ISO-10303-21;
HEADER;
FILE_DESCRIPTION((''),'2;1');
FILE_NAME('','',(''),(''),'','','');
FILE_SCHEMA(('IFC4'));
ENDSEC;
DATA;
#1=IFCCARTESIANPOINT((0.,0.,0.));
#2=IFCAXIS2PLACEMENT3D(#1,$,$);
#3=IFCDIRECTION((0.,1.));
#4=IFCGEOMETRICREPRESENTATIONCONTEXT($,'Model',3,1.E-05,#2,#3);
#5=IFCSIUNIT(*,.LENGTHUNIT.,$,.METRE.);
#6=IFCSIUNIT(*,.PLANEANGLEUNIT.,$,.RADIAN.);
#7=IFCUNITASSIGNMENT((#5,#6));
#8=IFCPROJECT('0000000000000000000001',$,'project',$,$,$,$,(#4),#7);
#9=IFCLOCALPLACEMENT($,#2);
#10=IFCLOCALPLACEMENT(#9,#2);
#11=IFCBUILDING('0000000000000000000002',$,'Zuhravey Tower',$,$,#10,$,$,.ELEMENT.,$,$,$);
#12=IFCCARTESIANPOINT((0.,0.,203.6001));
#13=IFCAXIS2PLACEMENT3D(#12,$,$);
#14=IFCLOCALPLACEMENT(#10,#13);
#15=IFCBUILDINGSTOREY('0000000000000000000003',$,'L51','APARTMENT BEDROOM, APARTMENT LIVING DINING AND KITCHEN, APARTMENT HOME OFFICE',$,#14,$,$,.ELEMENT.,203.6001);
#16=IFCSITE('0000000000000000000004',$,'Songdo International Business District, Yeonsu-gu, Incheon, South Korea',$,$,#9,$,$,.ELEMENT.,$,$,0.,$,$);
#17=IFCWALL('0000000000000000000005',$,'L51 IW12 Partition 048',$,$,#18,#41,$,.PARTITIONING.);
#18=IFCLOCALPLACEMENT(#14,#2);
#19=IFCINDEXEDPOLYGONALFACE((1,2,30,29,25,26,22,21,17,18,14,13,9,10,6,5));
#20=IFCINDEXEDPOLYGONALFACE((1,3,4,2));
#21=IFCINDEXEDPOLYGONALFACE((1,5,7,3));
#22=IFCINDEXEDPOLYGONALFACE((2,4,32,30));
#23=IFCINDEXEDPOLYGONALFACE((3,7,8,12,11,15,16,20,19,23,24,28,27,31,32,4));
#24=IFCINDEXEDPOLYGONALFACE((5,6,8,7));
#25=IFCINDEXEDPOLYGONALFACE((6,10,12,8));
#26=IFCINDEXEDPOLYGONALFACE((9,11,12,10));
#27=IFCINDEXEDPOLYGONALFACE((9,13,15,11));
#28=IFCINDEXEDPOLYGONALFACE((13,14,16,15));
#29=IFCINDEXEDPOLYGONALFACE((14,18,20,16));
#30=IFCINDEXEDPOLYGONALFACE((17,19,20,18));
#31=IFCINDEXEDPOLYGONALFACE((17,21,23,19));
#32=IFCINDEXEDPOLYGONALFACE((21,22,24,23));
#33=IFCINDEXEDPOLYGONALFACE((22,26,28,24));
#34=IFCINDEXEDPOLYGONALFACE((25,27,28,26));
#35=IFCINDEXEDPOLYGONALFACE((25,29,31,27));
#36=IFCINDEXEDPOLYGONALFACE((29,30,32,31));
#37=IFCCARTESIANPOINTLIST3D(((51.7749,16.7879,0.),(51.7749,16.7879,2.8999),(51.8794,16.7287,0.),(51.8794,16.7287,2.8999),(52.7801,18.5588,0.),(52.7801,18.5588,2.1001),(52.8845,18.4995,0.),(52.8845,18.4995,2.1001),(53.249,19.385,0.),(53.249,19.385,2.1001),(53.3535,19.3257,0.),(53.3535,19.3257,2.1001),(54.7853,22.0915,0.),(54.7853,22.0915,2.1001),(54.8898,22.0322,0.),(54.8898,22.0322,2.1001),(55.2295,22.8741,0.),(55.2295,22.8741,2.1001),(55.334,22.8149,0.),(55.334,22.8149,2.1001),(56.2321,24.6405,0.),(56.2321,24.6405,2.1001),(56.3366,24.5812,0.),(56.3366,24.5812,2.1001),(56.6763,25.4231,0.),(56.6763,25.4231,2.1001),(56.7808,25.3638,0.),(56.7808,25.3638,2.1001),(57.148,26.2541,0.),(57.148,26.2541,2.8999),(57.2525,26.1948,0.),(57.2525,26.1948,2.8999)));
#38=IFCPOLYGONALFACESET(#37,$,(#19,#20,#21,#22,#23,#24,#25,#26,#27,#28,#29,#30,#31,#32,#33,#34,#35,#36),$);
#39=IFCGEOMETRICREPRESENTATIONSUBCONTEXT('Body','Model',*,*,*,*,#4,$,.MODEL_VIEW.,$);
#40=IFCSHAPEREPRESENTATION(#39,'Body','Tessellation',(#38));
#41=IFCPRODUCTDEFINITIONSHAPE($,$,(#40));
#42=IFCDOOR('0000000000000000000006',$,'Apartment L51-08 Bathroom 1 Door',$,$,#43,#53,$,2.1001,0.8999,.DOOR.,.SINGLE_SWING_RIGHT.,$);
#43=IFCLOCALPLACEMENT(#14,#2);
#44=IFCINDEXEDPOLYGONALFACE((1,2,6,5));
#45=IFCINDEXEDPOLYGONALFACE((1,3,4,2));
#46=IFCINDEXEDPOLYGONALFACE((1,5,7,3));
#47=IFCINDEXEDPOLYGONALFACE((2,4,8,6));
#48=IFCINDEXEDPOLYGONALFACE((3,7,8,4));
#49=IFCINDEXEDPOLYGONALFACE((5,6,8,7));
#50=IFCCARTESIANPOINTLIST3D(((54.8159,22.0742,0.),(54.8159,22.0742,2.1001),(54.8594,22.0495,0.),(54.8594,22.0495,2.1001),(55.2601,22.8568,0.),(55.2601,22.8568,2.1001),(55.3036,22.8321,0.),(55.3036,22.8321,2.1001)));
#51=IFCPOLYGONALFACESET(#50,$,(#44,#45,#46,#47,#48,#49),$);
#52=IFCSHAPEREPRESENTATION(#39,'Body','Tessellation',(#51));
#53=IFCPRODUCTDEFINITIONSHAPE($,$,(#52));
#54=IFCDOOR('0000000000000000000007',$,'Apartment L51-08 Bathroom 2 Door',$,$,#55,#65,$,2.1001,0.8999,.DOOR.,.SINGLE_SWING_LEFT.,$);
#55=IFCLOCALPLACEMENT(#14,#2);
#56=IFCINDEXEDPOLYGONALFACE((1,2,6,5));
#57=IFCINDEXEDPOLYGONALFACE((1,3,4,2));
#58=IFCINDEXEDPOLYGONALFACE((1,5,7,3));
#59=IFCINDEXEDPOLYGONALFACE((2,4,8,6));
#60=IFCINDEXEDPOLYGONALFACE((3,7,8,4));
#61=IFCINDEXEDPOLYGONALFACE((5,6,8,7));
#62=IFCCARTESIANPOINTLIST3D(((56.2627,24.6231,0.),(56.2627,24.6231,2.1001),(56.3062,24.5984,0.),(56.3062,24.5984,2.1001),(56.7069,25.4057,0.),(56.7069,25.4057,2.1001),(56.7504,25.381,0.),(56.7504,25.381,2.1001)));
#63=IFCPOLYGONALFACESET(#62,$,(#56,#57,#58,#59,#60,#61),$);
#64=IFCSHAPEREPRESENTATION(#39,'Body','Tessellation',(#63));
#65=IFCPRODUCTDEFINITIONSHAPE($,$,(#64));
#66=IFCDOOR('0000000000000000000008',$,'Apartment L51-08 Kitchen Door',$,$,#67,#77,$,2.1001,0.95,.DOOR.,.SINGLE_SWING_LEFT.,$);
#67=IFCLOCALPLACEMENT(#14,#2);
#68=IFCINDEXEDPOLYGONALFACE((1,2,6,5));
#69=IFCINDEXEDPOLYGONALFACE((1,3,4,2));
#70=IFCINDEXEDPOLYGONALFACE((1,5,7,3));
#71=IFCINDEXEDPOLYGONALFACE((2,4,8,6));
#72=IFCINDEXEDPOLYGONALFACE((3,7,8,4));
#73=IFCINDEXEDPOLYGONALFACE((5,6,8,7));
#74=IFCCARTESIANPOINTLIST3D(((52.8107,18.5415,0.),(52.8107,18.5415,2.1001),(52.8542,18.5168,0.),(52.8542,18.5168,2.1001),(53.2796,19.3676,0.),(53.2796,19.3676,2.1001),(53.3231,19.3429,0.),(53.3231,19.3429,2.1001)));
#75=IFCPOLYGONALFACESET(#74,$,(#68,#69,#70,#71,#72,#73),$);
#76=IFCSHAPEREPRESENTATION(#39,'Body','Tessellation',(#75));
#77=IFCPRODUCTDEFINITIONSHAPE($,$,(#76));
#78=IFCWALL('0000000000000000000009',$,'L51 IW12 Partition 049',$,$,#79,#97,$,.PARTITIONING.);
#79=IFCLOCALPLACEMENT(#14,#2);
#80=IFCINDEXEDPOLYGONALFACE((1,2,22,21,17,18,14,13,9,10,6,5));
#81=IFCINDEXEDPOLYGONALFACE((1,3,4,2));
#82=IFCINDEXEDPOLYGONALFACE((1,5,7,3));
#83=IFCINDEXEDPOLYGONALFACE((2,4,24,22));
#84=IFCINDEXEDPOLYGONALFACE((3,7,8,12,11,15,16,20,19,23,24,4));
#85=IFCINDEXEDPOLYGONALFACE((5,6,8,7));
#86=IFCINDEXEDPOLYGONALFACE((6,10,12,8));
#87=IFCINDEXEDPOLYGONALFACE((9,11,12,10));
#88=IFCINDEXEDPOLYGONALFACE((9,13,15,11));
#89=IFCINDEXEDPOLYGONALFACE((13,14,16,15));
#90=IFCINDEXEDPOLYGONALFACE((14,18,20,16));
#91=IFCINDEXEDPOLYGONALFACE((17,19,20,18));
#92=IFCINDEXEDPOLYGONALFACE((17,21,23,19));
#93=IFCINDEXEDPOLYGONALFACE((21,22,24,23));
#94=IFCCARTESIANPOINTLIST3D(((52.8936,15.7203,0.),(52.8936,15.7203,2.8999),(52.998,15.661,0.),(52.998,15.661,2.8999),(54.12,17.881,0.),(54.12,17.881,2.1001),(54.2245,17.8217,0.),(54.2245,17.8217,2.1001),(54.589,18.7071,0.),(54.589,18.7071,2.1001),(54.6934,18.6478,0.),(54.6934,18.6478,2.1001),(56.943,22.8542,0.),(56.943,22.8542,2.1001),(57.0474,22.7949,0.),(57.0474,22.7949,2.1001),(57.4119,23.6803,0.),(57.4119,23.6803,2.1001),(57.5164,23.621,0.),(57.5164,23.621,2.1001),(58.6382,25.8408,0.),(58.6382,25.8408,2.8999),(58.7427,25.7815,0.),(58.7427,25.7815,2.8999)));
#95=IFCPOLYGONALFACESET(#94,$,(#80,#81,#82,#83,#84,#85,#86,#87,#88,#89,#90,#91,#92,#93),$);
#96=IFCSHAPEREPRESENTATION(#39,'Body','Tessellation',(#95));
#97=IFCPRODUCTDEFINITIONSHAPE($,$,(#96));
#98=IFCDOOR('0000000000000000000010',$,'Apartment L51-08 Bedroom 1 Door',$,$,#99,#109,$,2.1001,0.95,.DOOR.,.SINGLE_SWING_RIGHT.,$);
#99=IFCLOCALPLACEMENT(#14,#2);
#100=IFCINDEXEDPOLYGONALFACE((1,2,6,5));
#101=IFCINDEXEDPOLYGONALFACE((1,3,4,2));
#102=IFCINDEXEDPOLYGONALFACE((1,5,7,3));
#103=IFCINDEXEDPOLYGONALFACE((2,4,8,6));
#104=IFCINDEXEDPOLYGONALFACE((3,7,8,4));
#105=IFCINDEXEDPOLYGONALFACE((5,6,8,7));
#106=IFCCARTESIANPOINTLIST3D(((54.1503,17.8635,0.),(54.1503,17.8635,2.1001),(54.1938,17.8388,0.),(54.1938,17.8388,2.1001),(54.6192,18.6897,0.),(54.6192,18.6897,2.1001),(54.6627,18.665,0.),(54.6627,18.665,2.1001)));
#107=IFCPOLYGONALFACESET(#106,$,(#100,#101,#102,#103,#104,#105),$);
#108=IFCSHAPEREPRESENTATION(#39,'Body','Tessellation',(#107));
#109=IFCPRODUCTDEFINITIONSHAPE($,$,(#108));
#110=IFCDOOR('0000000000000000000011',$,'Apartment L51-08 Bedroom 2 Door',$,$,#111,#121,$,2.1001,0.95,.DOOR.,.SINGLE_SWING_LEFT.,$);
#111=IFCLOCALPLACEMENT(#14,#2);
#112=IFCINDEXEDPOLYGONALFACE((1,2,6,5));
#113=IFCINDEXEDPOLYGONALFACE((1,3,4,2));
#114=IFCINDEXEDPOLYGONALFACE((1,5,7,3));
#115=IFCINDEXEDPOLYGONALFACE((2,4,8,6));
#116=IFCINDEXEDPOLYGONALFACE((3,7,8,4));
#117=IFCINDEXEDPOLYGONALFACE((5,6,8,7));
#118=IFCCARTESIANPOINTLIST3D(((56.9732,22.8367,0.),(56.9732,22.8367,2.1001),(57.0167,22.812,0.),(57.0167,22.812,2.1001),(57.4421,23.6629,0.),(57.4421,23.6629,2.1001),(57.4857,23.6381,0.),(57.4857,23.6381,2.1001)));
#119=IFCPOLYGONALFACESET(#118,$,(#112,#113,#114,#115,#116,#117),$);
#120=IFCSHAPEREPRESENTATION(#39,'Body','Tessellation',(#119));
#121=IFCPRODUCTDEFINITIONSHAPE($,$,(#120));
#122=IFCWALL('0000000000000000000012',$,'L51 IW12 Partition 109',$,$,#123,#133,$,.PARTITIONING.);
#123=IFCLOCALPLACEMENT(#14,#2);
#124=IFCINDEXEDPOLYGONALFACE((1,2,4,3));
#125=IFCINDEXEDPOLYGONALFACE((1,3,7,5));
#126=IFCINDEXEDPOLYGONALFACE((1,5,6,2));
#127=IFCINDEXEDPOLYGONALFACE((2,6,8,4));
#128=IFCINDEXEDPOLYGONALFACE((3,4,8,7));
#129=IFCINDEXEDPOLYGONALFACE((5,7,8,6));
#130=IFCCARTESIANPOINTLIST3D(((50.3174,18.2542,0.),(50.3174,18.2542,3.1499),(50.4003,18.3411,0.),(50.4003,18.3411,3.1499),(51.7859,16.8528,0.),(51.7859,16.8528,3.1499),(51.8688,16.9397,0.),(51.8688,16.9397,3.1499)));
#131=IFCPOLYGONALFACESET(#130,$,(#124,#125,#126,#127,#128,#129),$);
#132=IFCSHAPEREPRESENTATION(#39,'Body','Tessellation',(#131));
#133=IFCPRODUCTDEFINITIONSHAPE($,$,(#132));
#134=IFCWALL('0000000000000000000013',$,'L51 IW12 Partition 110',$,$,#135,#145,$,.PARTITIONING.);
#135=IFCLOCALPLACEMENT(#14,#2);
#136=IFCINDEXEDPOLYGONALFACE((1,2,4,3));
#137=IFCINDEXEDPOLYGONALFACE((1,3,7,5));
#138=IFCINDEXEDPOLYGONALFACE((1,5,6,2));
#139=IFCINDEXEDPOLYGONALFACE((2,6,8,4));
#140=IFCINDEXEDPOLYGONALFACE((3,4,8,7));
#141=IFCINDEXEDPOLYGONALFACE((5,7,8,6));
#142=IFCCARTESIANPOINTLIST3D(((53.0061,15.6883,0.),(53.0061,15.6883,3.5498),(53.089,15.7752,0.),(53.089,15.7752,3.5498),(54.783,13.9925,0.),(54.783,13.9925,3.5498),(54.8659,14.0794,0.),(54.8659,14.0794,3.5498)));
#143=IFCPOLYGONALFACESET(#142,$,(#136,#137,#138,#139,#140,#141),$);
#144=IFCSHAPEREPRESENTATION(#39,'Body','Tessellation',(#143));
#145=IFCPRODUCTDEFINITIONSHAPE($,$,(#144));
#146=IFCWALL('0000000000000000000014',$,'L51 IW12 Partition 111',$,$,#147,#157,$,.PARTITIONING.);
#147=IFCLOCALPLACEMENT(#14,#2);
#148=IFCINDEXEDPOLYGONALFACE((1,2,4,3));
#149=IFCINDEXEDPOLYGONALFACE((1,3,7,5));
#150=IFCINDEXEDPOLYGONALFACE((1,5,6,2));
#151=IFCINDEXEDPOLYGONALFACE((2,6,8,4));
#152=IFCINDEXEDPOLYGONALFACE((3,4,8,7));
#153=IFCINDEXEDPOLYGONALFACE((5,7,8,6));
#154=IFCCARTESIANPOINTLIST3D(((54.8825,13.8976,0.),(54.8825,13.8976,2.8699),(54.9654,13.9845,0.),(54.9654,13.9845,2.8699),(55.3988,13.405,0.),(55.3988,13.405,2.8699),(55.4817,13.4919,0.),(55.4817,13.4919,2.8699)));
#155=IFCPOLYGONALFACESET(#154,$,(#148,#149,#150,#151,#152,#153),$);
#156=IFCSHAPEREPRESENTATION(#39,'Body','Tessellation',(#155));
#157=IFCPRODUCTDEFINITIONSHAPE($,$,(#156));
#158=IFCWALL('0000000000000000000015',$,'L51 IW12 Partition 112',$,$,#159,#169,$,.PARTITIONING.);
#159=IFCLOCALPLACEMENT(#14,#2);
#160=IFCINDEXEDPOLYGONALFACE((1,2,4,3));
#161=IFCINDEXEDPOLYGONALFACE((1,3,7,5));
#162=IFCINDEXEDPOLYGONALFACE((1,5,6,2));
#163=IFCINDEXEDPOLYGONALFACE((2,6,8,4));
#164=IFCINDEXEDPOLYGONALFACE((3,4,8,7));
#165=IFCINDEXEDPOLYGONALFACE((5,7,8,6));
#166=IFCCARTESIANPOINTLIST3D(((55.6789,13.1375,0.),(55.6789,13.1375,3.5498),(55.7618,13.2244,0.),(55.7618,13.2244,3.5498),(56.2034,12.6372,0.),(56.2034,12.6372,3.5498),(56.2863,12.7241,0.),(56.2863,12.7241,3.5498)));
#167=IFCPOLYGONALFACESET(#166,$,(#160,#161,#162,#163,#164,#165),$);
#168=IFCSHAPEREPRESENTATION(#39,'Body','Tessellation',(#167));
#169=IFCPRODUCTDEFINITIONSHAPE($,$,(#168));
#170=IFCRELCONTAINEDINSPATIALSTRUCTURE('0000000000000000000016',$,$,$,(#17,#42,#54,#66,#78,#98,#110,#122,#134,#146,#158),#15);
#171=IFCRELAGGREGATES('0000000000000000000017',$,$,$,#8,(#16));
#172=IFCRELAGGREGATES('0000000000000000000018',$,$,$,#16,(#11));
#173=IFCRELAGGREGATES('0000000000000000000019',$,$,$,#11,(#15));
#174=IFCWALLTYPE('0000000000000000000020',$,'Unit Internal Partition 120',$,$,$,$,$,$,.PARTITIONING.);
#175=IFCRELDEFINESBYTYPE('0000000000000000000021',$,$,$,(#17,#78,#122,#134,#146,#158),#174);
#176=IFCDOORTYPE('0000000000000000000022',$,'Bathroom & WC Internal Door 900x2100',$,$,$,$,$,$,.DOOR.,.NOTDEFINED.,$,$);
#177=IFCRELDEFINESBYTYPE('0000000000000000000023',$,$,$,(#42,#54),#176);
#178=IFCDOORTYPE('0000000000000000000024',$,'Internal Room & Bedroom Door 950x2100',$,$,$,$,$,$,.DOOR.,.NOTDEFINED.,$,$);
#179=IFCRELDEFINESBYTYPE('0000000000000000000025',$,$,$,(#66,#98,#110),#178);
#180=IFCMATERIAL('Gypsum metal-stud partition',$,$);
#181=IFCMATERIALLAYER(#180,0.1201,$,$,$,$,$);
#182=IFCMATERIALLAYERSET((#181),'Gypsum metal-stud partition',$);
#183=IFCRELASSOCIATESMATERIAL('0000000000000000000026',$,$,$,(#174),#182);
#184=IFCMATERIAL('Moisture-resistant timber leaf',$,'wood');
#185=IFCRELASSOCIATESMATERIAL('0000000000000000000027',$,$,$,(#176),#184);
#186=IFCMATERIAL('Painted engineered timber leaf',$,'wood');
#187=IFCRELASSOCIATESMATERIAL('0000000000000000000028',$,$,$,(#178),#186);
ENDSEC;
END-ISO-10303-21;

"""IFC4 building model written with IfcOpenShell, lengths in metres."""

from ifc_helpers import new_model, si_unit, direction, frame, frame_2d, origin, place, context, subcontext, project, spatial, rectangle, extrude, material, layer, layer_set, type_object, element, fill, save


model = new_model("IFC4")

# Units and contexts
model_context = context("Model", 3, precision=1e-05, world=origin(), true_north=direction((0.0, 1.0)))
body_context = subcontext(model_context, "Body", "Model", "MODEL_VIEW")
ifc_project = project(units=[si_unit("LENGTHUNIT", "METRE"), si_unit("PLANEANGLEUNIT", "RADIAN")], contexts=[model_context])

# Site, building, storey
site_placement = place(None, origin())
site = spatial("IfcSite", under=ifc_project, at=site_placement, Name="Songdo International Business District, Yeonsu-gu, Incheon, South Korea", CompositionType="ELEMENT", RefElevation=0.0)
building_placement = place(site_placement, origin())
building = spatial("IfcBuilding", under=site, at=building_placement, Name="Zuhravey Tower", CompositionType="ELEMENT")
storey_placement = place(building_placement, frame((0.0, 0.0, 203.6001)))
storey = spatial("IfcBuildingStorey", under=building, at=storey_placement, Name="L51", Description="APARTMENT BEDROOM, APARTMENT LIVING DINING AND KITCHEN, APARTMENT HOME OFFICE", CompositionType="ELEMENT", Elevation=203.6001)

# Walls, openings, doors
ifc_material_1 = material(Name="Gypsum metal-stud partition")
ifc_layer_1 = layer(ifc_material_1, 0.1201)
ifc_layer_set_1 = layer_set([ifc_layer_1], Name="Gypsum metal-stud partition")
wall_type_1 = type_object("IfcWallType", Name="Unit Internal Partition 120", PredefinedType="PARTITIONING", material=ifc_layer_set_1)
wall_1_placement = place(storey_placement, frame((51.8271, 16.7583, 0.0), z_axis=(0.0, 0.0, 1.0), x_axis=(0.493634, 0.86967, 0.0)))
wall_1 = element("IfcWall", 1, at=wall_1_placement, inside=storey, type_object=wall_type_1, Name="L51 IW12 Partition 048", PredefinedType="PARTITIONING", context=body_context, shape_type="SweptSolid", body=[
    extrude(rectangle(XDim=10.8848, YDim=0.1201, at=frame_2d((5.4424, 0.0))), origin(), (0.0, 0.0, 1.0), 2.8999),
])
opening_1_placement = place(wall_1_placement, frame((2.0361, 0.0, 0.0)))
opening_1 = element("IfcOpeningElement", 2, at=opening_1_placement, cuts=wall_1, PredefinedType="OPENING", context=body_context, shape_type="SweptSolid", body=[
    extrude(rectangle(XDim=0.95, YDim=2.1001, at=frame_2d((0.4751, 1.05))), frame((0.0, 0.072, 0.0), z_axis=(0.0, -1.0, 0.0), x_axis=(1.0, 0.0, 0.0)), (0.0, 0.0, 1.0), 0.144),
])
opening_2_placement = place(wall_1_placement, frame((6.0984, 0.0, 0.0)))
opening_2 = element("IfcOpeningElement", 3, at=opening_2_placement, cuts=wall_1, PredefinedType="OPENING", context=body_context, shape_type="SweptSolid", body=[
    extrude(rectangle(XDim=0.8999, YDim=2.1001, at=frame_2d((0.45, 1.05))), frame((0.0, 0.072, 0.0), z_axis=(0.0, -1.0, 0.0), x_axis=(1.0, 0.0, 0.0)), (0.0, 0.0, 1.0), 0.144),
])
opening_3_placement = place(wall_1_placement, frame((9.0293, 0.0, 0.0)))
opening_3 = element("IfcOpeningElement", 4, at=opening_3_placement, cuts=wall_1, PredefinedType="OPENING", context=body_context, shape_type="SweptSolid", body=[
    extrude(rectangle(XDim=0.8999, YDim=2.1001, at=frame_2d((0.45, 1.05))), frame((0.0, 0.072, 0.0), z_axis=(0.0, -1.0, 0.0), x_axis=(1.0, 0.0, 0.0)), (0.0, 0.0, 1.0), 0.144),
])
ifc_material_2 = material(Name="Moisture-resistant timber leaf", Category="wood")
door_type_1 = type_object("IfcDoorType", Name="Bathroom & WC Internal Door 900x2100", OperationType="NOTDEFINED", PredefinedType="DOOR", material=ifc_material_2)
door_1_placement = place(opening_2_placement, origin())
door_1 = element("IfcDoor", 5, at=door_1_placement, inside=storey, type_object=door_type_1, Name="Apartment L51-08 Bathroom 1 Door", OperationType="SINGLE_SWING_RIGHT", OverallHeight=2.1001, OverallWidth=0.8999, PredefinedType="DOOR", context=body_context, shape_type="SweptSolid", body=[
    extrude(rectangle(XDim=0.8999, YDim=2.1001, at=frame_2d((0.45, 1.05))), frame((0.0, 0.0249, 0.0), z_axis=(0.0, -1.0, 0.0), x_axis=(1.0, 0.0, 0.0)), (0.0, 0.0, 1.0), 0.05),
])
fill(opening_2, door_1)
door_2_placement = place(opening_3_placement, origin())
door_2 = element("IfcDoor", 6, at=door_2_placement, inside=storey, type_object=door_type_1, Name="Apartment L51-08 Bathroom 2 Door", OperationType="SINGLE_SWING_LEFT", OverallHeight=2.1001, OverallWidth=0.8999, PredefinedType="DOOR", context=body_context, shape_type="SweptSolid", body=[
    extrude(rectangle(XDim=0.8999, YDim=2.1001, at=frame_2d((0.45, 1.05))), frame((0.0, 0.0249, 0.0), z_axis=(0.0, -1.0, 0.0), x_axis=(1.0, 0.0, 0.0)), (0.0, 0.0, 1.0), 0.05),
])
fill(opening_3, door_2)
ifc_material_3 = material(Name="Painted engineered timber leaf", Category="wood")
door_type_2 = type_object("IfcDoorType", Name="Internal Room & Bedroom Door 950x2100", OperationType="NOTDEFINED", PredefinedType="DOOR", material=ifc_material_3)
door_3_placement = place(opening_1_placement, origin())
door_3 = element("IfcDoor", 7, at=door_3_placement, inside=storey, type_object=door_type_2, Name="Apartment L51-08 Kitchen Door", OperationType="SINGLE_SWING_LEFT", OverallHeight=2.1001, OverallWidth=0.95, PredefinedType="DOOR", context=body_context, shape_type="SweptSolid", body=[
    extrude(rectangle(XDim=0.95, YDim=2.1001, at=frame_2d((0.4751, 1.05))), frame((0.0, 0.0249, 0.0), z_axis=(0.0, -1.0, 0.0), x_axis=(1.0, 0.0, 0.0)), (0.0, 0.0, 1.0), 0.05),
])
fill(opening_1, door_3)
wall_2_placement = place(storey_placement, frame((52.9458, 15.6907, 0.0), z_axis=(0.0, 0.0, 1.0), x_axis=(0.493647, 0.869662, 0.0)))
wall_2 = element("IfcWall", 8, at=wall_2_placement, inside=storey, type_object=wall_type_1, Name="L51 IW12 Partition 049", PredefinedType="PARTITIONING", context=body_context, shape_type="SweptSolid", body=[
    extrude(rectangle(XDim=11.6372, YDim=0.1201, at=frame_2d((5.8186, 0.0))), origin(), (0.0, 0.0, 1.0), 2.8999),
])
opening_4_placement = place(wall_2_placement, frame((2.4844, 0.0, 0.0)))
opening_4 = element("IfcOpeningElement", 9, at=opening_4_placement, cuts=wall_2, PredefinedType="OPENING", context=body_context, shape_type="SweptSolid", body=[
    extrude(rectangle(XDim=0.95, YDim=2.1001, at=frame_2d((0.4751, 1.05))), frame((0.0, 0.072, 0.0), z_axis=(0.0, -1.0, 0.0), x_axis=(1.0, 0.0, 0.0)), (0.0, 0.0, 1.0), 0.144),
])
opening_5_placement = place(wall_2_placement, frame((8.2029, 0.0, 0.0)))
opening_5 = element("IfcOpeningElement", 10, at=opening_5_placement, cuts=wall_2, PredefinedType="OPENING", context=body_context, shape_type="SweptSolid", body=[
    extrude(rectangle(XDim=0.95, YDim=2.1001, at=frame_2d((0.4751, 1.05))), frame((0.0, 0.072, 0.0), z_axis=(0.0, -1.0, 0.0), x_axis=(1.0, 0.0, 0.0)), (0.0, 0.0, 1.0), 0.144),
])
door_4_placement = place(opening_4_placement, frame((0.95, 0.0, 0.0), z_axis=(0.0, 0.0, 1.0), x_axis=(-1.0, 0.0, 0.0)))
door_4 = element("IfcDoor", 11, at=door_4_placement, inside=storey, type_object=door_type_2, Name="Apartment L51-08 Bedroom 1 Door", OperationType="SINGLE_SWING_RIGHT", OverallHeight=2.1001, OverallWidth=0.95, PredefinedType="DOOR", context=body_context, shape_type="SweptSolid", body=[
    extrude(rectangle(XDim=0.95, YDim=2.1001, at=frame_2d((0.4751, 1.05))), frame((0.0, 0.0249, 0.0), z_axis=(0.0, -1.0, 0.0), x_axis=(1.0, 0.0, 0.0)), (0.0, 0.0, 1.0), 0.05),
])
fill(opening_4, door_4)
door_5_placement = place(opening_5_placement, frame((0.95, 0.0, 0.0), z_axis=(0.0, 0.0, 1.0), x_axis=(-1.0, 0.0, 0.0)))
door_5 = element("IfcDoor", 12, at=door_5_placement, inside=storey, type_object=door_type_2, Name="Apartment L51-08 Bedroom 2 Door", OperationType="SINGLE_SWING_LEFT", OverallHeight=2.1001, OverallWidth=0.95, PredefinedType="DOOR", context=body_context, shape_type="SweptSolid", body=[
    extrude(rectangle(XDim=0.95, YDim=2.1001, at=frame_2d((0.4751, 1.05))), frame((0.0, 0.0249, 0.0), z_axis=(0.0, -1.0, 0.0), x_axis=(1.0, 0.0, 0.0)), (0.0, 0.0, 1.0), 0.05),
])
fill(opening_5, door_5)

# Walls
wall_3_placement = place(storey_placement, frame((50.3589, 18.2976, 0.0), z_axis=(0.0, 0.0, 1.0), x_axis=(0.723451, -0.690376, 0.0)))
element("IfcWall", 13, at=wall_3_placement, inside=storey, type_object=wall_type_1, Name="L51 IW12 Partition 109", PredefinedType="PARTITIONING", context=body_context, shape_type="SweptSolid", body=[
    extrude(rectangle(XDim=2.0298, YDim=0.1201, at=frame_2d((1.0149, 0.0))), origin(), (0.0, 0.0, 1.0), 3.1499),
])
wall_4_placement = place(storey_placement, frame((53.0476, 15.7317, 0.0), z_axis=(0.0, 0.0, 1.0), x_axis=(0.723414, -0.690414, 0.0)))
element("IfcWall", 14, at=wall_4_placement, inside=storey, type_object=wall_type_1, Name="L51 IW12 Partition 110", PredefinedType="PARTITIONING", context=body_context, shape_type="SweptSolid", body=[
    extrude(rectangle(XDim=2.4563, YDim=0.1201, at=frame_2d((1.228, 0.0))), origin(), (0.0, 0.0, 1.0), 3.5498),
])
wall_5_placement = place(storey_placement, frame((54.9238, 13.9412, 0.0), z_axis=(0.0, 0.0, 1.0), x_axis=(0.723503, -0.690321, 0.0)))
element("IfcWall", 15, at=wall_5_placement, inside=storey, type_object=wall_type_1, Name="L51 IW12 Partition 111", PredefinedType="PARTITIONING", context=body_context, shape_type="SweptSolid", body=[
    extrude(rectangle(XDim=0.7136, YDim=0.1201, at=frame_2d((0.3569, 0.0))), origin(), (0.0, 0.0, 1.0), 2.8699),
])
wall_6_placement = place(storey_placement, frame((55.7205, 13.1809, 0.0), z_axis=(0.0, 0.0, 1.0), x_axis=(0.723585, -0.690235, 0.0)))
element("IfcWall", 16, at=wall_6_placement, inside=storey, type_object=wall_type_1, Name="L51 IW12 Partition 112", PredefinedType="PARTITIONING", context=body_context, shape_type="SweptSolid", body=[
    extrude(rectangle(XDim=0.7249, YDim=0.1201, at=frame_2d((0.3623, 0.0))), origin(), (0.0, 0.0, 1.0), 3.5498),
])

save(model, "model.ifc")
